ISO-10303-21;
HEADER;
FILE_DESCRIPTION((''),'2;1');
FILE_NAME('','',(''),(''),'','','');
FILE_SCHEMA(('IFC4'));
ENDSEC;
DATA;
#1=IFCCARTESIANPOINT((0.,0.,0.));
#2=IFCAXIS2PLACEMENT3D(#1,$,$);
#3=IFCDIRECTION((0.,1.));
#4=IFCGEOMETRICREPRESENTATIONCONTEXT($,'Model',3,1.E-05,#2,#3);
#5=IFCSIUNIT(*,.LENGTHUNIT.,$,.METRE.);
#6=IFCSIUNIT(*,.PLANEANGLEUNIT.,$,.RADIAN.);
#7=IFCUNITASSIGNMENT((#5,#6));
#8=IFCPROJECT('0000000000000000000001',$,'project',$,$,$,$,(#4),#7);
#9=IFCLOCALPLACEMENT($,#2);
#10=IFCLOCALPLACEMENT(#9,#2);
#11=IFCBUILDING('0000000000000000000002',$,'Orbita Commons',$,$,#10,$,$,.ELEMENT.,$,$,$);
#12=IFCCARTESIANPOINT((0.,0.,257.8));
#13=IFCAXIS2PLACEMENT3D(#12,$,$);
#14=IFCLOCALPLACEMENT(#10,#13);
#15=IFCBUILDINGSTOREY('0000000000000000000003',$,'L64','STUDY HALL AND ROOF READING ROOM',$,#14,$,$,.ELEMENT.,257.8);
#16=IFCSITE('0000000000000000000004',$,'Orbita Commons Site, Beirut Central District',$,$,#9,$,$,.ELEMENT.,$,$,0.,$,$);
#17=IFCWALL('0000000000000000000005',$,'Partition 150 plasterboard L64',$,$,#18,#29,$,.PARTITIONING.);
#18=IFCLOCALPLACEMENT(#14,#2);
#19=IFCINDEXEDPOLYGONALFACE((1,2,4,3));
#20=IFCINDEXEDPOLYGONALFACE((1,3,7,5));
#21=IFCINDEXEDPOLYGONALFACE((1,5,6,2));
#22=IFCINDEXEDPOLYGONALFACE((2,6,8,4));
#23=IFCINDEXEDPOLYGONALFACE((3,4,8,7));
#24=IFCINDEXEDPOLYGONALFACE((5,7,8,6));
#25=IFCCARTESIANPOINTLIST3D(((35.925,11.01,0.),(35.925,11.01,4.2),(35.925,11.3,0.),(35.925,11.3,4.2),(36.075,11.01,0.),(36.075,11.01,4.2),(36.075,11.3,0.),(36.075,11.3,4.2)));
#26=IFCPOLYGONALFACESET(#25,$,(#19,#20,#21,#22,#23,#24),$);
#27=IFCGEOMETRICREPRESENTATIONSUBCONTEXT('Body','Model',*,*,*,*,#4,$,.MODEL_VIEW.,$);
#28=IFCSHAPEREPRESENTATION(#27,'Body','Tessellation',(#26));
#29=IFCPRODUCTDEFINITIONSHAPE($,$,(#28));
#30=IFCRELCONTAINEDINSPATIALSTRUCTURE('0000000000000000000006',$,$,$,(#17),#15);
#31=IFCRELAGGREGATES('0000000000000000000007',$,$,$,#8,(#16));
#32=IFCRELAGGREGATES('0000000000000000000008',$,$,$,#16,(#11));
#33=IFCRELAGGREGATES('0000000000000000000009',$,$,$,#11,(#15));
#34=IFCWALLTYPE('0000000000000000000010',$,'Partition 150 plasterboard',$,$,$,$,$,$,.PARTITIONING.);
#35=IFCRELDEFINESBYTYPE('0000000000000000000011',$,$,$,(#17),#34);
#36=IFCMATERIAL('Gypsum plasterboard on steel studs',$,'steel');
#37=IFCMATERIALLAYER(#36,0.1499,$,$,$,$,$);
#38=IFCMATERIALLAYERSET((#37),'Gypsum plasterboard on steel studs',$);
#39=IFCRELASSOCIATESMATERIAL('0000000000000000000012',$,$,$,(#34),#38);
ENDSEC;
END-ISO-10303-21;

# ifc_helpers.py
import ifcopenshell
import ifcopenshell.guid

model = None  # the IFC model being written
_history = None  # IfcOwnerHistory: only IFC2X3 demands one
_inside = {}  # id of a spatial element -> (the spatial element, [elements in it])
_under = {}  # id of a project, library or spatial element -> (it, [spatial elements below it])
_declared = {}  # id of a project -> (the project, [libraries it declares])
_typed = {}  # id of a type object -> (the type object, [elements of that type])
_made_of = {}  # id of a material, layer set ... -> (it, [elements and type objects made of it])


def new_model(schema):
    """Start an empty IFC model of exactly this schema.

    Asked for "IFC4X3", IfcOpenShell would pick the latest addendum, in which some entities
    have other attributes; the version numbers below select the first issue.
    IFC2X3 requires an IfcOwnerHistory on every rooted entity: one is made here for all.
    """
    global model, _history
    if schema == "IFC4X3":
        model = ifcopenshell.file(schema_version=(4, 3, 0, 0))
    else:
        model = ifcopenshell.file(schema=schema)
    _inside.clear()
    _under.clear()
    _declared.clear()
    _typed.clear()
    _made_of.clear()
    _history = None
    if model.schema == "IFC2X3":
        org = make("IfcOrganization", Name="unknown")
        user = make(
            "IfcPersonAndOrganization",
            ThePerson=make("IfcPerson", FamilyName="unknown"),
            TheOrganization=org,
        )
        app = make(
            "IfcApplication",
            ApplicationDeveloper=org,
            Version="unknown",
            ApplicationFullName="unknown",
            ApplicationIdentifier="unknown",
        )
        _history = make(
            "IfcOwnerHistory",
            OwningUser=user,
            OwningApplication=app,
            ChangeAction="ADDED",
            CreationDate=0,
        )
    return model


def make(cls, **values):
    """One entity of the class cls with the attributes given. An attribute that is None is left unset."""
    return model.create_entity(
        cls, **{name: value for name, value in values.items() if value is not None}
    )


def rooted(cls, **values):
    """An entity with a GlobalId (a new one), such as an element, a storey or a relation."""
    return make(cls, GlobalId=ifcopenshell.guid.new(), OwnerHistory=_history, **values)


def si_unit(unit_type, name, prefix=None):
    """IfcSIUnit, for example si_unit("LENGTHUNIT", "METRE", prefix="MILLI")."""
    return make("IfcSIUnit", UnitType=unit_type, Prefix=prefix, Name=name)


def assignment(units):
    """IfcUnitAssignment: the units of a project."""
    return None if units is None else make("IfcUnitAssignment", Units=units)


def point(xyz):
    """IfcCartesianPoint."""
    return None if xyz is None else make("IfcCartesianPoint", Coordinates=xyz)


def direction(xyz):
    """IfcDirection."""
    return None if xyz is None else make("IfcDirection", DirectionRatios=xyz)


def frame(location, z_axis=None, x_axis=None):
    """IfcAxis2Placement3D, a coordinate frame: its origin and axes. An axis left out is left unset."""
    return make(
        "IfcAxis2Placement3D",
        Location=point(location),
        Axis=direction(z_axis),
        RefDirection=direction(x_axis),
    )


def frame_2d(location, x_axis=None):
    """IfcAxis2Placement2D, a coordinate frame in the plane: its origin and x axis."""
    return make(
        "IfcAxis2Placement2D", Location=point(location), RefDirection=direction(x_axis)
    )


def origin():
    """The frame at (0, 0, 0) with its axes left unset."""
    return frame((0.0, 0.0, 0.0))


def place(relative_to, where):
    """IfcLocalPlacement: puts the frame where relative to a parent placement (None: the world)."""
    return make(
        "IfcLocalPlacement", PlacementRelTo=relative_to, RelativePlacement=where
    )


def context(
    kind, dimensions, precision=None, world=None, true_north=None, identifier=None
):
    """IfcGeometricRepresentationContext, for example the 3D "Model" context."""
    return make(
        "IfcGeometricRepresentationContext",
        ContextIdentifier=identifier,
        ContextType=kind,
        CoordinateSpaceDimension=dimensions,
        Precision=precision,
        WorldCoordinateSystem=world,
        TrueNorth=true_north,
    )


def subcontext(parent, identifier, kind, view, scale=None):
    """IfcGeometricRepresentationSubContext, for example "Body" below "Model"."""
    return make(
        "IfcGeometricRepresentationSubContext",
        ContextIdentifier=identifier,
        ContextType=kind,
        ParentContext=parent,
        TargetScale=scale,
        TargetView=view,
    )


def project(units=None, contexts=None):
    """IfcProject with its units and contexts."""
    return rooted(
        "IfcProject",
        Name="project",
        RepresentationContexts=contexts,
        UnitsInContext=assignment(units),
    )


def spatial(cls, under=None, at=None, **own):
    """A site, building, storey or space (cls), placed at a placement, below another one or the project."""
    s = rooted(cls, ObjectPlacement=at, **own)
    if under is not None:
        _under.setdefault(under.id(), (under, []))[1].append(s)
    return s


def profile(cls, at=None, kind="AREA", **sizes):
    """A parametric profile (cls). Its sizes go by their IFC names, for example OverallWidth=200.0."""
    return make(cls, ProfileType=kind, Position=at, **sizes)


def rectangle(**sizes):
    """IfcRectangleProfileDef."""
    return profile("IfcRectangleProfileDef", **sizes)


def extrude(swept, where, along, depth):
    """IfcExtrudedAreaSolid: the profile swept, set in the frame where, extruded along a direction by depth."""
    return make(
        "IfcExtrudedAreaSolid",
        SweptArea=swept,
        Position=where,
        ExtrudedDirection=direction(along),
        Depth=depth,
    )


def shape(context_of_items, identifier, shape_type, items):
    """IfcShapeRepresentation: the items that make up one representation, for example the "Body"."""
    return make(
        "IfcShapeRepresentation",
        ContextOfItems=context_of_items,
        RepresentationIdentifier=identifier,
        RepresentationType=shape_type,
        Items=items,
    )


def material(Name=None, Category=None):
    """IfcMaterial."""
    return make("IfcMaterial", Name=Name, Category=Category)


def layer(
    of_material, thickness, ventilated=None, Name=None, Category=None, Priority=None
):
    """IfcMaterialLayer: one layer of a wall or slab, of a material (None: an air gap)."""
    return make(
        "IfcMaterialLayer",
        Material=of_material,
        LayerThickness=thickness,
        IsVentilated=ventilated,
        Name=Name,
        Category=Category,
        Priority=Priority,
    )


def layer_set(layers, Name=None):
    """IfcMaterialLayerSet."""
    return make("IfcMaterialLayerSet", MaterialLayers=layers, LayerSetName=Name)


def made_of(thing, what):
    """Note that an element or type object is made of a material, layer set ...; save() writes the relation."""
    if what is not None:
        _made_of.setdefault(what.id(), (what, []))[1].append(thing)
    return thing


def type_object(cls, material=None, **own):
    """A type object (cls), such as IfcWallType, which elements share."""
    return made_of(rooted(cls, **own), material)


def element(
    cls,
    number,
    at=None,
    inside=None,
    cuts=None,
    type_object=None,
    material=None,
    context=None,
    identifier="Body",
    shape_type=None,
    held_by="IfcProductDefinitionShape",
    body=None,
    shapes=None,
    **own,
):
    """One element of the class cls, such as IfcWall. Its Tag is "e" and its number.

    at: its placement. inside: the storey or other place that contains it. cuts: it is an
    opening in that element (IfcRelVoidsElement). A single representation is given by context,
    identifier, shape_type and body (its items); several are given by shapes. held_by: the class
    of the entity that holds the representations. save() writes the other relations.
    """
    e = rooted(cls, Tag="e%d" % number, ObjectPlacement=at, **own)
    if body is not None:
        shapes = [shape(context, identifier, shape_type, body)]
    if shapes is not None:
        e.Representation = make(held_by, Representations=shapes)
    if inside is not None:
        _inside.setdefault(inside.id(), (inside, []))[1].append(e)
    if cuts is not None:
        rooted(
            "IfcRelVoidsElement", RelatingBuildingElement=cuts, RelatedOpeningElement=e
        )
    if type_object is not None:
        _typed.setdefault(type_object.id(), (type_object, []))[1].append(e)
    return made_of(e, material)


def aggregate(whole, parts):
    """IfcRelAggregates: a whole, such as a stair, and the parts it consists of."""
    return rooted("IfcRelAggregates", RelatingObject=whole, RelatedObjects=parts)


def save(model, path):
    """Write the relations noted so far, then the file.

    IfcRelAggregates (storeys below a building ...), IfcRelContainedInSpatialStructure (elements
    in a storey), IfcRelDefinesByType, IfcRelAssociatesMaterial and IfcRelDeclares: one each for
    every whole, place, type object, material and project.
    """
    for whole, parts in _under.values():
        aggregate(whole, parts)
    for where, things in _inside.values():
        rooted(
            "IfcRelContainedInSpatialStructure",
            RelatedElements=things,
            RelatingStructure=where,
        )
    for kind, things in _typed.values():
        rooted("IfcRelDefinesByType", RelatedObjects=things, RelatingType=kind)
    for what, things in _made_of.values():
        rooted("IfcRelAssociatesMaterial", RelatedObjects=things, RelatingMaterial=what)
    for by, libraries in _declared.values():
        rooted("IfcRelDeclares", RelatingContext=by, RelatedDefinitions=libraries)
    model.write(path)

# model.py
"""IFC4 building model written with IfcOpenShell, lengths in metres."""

from ifc_helpers import new_model, si_unit, direction, frame, frame_2d, origin, place, context, subcontext, project, spatial, rectangle, extrude, material, layer, layer_set, type_object, element, save


model = new_model("IFC4")

# Units and contexts
model_context = context("Model", 3, precision=1e-05, world=origin(), true_north=direction((0.0, 1.0)))
body_context = subcontext(model_context, "Body", "Model", "MODEL_VIEW")
ifc_project = project(units=[si_unit("LENGTHUNIT", "METRE"), si_unit("PLANEANGLEUNIT", "RADIAN")], contexts=[model_context])

# Site, building, storey
site_placement = place(None, origin())
site = spatial("IfcSite", under=ifc_project, at=site_placement, Name="Orbita Commons Site, Beirut Central District", CompositionType="ELEMENT", RefElevation=0.0)
building_placement = place(site_placement, origin())
building = spatial("IfcBuilding", under=site, at=building_placement, Name="Orbita Commons", CompositionType="ELEMENT")
storey_placement = place(building_placement, frame((0.0, 0.0, 257.8)))
storey = spatial("IfcBuildingStorey", under=building, at=storey_placement, Name="L64", Description="STUDY HALL AND ROOF READING ROOM", CompositionType="ELEMENT", Elevation=257.8)

# Wall
ifc_material_1 = material(Name="Gypsum plasterboard on steel studs", Category="steel")
ifc_layer_1 = layer(ifc_material_1, 0.1499)
ifc_layer_set_1 = layer_set([ifc_layer_1], Name="Gypsum plasterboard on steel studs")
wall_type_1 = type_object("IfcWallType", Name="Partition 150 plasterboard", PredefinedType="PARTITIONING", material=ifc_layer_set_1)
wall_1_placement = place(storey_placement, frame((36.0, 11.3, 0.0), z_axis=(0.0, 0.0, 1.0), x_axis=(0.0, -1.0, 0.0)))
element("IfcWall", 1, at=wall_1_placement, inside=storey, type_object=wall_type_1, Name="Partition 150 plasterboard L64", PredefinedType="PARTITIONING", context=body_context, shape_type="SweptSolid", body=[
    extrude(rectangle(XDim=0.29, YDim=0.1499, at=frame_2d((0.145, 0.0))), origin(), (0.0, 0.0, 1.0), 4.2),
])

save(model, "model.ifc")
